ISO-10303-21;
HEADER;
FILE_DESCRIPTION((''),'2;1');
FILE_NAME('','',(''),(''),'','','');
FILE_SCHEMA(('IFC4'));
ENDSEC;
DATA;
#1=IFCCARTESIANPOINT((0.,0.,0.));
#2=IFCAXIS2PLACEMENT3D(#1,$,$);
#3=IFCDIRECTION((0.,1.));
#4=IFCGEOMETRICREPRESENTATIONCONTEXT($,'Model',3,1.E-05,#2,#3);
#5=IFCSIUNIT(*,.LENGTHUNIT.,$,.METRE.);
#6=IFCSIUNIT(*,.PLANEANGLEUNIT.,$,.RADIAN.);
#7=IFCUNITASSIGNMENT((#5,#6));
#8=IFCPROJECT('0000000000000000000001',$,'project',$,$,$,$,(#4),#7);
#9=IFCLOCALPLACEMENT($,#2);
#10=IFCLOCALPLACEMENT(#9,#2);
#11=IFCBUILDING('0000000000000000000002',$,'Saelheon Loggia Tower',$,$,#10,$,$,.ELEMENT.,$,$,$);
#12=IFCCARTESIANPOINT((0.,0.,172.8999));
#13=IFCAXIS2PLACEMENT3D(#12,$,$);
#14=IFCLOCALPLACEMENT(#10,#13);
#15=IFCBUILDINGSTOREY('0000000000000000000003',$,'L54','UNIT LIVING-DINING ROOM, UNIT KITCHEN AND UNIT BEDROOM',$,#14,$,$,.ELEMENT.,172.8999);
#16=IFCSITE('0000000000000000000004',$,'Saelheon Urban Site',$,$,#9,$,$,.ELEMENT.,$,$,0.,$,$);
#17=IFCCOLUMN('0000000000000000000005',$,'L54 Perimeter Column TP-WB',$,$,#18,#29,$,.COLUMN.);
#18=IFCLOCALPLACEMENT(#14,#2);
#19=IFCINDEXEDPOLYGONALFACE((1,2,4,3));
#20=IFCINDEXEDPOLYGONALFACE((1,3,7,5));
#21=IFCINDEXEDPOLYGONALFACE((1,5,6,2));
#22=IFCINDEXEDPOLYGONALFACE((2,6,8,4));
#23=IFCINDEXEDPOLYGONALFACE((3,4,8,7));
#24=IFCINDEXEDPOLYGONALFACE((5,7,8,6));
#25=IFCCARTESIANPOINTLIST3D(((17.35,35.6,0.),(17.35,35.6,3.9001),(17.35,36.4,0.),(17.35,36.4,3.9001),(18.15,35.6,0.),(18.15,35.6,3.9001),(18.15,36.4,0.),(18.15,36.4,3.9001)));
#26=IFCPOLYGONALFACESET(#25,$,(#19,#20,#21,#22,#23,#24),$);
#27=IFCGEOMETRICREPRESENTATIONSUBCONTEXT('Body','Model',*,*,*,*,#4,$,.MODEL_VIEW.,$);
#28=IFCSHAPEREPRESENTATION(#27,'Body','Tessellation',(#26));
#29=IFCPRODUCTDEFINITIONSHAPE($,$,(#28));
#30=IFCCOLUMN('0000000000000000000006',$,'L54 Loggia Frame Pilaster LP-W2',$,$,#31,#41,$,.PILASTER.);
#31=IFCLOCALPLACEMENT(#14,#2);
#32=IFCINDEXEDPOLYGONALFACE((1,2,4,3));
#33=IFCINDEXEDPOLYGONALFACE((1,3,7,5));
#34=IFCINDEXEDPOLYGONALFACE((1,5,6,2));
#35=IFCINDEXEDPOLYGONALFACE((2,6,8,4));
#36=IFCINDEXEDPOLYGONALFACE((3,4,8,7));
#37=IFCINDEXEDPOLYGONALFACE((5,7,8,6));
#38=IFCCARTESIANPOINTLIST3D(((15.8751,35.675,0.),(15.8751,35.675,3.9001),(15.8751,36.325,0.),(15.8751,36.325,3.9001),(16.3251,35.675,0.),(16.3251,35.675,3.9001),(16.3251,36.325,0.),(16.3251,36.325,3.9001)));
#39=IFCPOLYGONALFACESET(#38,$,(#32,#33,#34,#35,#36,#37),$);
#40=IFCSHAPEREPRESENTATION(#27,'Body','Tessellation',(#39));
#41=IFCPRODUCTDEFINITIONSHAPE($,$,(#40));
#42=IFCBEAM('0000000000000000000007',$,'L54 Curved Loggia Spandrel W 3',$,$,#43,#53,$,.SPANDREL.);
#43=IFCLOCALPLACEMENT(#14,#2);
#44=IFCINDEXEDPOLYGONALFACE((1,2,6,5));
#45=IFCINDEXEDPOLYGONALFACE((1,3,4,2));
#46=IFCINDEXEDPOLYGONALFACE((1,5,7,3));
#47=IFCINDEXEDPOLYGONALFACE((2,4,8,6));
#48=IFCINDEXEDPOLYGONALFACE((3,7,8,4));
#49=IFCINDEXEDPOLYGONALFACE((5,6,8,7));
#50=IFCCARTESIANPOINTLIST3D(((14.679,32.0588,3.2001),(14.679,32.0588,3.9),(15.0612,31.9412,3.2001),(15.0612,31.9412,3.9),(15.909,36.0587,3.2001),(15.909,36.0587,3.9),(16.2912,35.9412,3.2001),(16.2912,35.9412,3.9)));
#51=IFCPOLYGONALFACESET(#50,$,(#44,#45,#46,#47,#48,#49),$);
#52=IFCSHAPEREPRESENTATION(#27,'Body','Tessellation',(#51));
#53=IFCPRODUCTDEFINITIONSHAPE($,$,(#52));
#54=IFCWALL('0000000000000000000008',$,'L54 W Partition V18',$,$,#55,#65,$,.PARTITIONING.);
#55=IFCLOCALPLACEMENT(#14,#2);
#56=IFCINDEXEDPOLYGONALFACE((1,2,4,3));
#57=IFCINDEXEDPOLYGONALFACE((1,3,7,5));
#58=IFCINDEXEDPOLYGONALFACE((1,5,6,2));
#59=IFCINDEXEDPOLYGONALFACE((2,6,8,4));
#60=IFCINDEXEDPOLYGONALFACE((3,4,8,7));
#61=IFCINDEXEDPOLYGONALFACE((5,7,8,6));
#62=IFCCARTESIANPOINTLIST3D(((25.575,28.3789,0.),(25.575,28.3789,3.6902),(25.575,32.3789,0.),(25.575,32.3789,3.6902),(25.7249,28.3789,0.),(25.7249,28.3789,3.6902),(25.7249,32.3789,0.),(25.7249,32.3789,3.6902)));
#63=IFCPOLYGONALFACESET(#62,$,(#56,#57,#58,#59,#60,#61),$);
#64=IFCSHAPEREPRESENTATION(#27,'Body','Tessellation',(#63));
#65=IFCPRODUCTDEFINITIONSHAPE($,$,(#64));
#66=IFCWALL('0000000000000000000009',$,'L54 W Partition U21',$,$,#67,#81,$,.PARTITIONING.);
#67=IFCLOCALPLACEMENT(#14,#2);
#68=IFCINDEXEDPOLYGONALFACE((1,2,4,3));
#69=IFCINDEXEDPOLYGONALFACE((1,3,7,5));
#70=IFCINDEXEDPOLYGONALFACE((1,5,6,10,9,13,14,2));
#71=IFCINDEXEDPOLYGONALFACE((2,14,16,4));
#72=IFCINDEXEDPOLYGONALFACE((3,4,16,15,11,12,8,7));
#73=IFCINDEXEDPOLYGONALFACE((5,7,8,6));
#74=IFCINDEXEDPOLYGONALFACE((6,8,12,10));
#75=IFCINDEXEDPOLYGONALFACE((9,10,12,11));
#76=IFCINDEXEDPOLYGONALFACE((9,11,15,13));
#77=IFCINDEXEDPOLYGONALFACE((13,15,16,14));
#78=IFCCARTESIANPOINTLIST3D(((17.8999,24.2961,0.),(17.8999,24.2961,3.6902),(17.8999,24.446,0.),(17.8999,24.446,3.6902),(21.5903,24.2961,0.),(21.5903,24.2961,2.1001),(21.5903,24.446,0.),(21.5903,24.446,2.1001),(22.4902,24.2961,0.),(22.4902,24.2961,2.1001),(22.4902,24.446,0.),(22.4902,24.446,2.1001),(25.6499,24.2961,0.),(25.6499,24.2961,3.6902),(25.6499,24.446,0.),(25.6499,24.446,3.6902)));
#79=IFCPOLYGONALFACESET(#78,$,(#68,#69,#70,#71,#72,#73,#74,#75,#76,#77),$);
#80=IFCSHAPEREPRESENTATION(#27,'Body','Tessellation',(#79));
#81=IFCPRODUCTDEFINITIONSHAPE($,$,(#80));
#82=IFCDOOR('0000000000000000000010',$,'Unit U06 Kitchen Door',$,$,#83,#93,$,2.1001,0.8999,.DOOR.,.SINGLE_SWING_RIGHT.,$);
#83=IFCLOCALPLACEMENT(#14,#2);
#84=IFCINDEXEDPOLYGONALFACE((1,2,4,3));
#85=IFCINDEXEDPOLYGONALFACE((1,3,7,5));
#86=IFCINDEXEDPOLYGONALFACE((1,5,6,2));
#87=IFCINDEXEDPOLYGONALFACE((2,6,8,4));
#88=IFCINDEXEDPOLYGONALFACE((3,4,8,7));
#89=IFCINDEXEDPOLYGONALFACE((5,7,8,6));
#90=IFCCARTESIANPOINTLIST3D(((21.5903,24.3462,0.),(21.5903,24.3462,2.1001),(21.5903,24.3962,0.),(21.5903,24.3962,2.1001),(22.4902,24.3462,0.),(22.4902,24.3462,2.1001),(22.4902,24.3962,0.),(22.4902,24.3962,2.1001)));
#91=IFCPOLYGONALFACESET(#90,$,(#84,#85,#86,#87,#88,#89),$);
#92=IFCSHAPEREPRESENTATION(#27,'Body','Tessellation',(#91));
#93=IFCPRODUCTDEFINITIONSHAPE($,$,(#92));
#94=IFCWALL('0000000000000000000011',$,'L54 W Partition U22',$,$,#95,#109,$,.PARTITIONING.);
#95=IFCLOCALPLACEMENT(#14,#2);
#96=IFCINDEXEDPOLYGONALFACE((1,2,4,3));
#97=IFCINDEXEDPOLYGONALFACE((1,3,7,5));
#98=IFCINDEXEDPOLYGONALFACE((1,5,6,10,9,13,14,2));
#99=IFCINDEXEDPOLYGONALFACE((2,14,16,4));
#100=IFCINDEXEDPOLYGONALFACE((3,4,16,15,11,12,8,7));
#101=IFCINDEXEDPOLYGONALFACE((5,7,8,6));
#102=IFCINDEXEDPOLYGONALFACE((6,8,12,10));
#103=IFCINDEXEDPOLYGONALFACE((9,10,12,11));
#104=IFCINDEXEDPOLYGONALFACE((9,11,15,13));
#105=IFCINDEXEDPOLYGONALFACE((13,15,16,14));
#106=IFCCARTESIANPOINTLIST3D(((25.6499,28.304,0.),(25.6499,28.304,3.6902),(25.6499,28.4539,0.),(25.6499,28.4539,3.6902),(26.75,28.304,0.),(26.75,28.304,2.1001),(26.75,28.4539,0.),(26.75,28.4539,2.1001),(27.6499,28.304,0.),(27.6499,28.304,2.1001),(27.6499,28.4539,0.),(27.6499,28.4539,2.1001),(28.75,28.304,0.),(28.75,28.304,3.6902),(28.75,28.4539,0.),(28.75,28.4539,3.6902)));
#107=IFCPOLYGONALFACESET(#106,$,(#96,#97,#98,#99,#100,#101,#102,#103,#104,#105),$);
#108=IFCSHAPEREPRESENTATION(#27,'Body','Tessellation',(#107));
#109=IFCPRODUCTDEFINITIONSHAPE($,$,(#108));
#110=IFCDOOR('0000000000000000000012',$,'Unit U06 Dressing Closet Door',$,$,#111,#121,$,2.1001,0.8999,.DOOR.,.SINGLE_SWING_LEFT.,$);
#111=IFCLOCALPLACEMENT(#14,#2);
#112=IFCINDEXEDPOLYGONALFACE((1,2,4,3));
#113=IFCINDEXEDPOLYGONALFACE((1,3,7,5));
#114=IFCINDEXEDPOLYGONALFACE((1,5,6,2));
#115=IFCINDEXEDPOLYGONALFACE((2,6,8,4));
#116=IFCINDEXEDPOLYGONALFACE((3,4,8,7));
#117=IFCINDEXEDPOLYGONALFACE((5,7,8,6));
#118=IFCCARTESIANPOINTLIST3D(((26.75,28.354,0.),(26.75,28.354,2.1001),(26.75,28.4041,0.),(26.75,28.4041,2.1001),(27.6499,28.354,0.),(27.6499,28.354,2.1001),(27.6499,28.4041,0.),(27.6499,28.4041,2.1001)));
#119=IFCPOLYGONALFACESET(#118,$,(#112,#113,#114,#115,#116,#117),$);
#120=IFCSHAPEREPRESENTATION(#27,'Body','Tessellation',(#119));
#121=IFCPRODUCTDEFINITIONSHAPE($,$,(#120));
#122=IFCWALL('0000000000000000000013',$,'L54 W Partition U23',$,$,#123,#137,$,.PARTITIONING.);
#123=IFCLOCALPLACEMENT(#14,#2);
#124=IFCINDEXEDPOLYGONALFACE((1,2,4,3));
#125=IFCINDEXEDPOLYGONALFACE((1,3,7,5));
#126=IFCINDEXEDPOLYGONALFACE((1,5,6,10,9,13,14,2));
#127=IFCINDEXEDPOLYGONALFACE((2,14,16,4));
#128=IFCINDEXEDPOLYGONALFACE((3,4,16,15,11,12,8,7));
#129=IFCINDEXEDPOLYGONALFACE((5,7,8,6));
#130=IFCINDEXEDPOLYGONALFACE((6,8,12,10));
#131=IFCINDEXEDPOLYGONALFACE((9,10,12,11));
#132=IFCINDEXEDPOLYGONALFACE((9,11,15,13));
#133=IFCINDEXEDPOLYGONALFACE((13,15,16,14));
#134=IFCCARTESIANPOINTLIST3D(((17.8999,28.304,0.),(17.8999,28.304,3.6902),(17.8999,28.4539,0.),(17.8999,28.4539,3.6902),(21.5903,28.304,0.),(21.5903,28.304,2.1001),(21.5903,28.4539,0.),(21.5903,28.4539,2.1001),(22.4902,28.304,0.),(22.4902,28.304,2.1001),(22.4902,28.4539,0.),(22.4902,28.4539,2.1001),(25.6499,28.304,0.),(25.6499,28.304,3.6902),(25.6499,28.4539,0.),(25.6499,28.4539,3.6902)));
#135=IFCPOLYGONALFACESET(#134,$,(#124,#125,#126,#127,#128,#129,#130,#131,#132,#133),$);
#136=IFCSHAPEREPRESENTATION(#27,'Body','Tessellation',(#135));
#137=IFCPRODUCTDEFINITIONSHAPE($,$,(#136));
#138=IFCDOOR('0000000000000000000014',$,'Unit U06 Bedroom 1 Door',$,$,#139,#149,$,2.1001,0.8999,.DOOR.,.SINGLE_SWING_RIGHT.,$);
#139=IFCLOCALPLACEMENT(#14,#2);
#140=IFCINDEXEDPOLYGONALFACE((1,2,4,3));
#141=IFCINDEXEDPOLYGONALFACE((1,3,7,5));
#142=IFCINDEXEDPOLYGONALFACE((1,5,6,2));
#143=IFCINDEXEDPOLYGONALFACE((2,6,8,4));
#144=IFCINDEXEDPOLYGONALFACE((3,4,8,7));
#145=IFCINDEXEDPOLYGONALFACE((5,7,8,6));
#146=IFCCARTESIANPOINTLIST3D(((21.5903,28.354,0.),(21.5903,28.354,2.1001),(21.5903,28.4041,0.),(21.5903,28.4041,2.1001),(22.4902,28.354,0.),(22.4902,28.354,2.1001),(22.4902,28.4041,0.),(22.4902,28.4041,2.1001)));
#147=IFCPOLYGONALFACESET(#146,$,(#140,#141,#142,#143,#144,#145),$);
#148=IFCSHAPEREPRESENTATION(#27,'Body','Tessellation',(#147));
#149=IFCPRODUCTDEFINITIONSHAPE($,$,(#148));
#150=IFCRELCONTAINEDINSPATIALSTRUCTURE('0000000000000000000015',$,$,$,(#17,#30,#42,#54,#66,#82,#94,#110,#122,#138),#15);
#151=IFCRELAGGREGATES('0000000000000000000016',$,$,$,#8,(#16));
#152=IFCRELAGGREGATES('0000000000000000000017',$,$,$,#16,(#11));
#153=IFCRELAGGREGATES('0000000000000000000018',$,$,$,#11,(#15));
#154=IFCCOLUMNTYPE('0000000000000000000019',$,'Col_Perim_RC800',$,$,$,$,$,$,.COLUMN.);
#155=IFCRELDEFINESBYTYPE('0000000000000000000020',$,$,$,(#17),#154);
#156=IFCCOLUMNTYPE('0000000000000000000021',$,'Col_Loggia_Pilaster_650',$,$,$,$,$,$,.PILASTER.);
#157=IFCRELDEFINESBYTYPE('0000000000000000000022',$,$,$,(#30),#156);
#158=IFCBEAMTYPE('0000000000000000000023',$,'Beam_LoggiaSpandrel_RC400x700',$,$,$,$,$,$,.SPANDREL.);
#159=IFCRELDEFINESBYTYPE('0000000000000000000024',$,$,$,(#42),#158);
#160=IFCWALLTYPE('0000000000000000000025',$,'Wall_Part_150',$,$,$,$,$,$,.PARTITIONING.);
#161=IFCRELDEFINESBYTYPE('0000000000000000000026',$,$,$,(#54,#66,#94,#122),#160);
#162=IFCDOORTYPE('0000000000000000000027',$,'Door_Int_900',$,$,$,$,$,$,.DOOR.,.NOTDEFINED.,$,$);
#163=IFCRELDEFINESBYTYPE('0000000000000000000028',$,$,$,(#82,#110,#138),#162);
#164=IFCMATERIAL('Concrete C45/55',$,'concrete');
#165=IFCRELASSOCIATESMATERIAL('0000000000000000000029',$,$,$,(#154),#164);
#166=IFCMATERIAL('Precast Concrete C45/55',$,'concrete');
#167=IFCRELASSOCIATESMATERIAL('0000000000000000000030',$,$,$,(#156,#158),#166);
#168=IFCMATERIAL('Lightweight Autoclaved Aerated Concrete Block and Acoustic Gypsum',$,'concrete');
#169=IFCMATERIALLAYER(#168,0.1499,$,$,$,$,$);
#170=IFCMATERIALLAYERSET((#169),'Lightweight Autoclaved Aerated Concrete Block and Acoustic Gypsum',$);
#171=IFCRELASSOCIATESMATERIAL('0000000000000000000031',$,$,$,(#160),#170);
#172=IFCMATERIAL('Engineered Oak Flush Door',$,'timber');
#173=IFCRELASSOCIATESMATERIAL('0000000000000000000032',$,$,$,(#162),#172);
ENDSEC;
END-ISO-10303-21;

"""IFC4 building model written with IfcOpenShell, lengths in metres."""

from ifc_helpers import new_model, si_unit, direction, frame, frame_2d, origin, origin_2d, place, context, subcontext, project, spatial, rectangle, extrude, source, transform, mapped, material, layer, layer_set, material_profile, profile_set, type_object, element, fill, save


model = new_model("IFC4")

# Units and contexts
model_context = context("Model", 3, precision=1e-05, world=origin(), true_north=direction((0.0, 1.0)))
body_context = subcontext(model_context, "Body", "Model", "MODEL_VIEW")
ifc_project = project(units=[si_unit("LENGTHUNIT", "METRE"), si_unit("PLANEANGLEUNIT", "RADIAN")], contexts=[model_context])

# Site, building, storey
site_placement = place(None, origin())
site = spatial("IfcSite", under=ifc_project, at=site_placement, Name="Saelheon Urban Site", CompositionType="ELEMENT", RefElevation=0.0)
building_placement = place(site_placement, origin())
building = spatial("IfcBuilding", under=site, at=building_placement, Name="Saelheon Loggia Tower", CompositionType="ELEMENT")
storey_placement = place(building_placement, frame((0.0, 0.0, 172.8999)))
storey = spatial("IfcBuildingStorey", under=building, at=storey_placement, Name="L54", Description="UNIT LIVING-DINING ROOM, UNIT KITCHEN AND UNIT BEDROOM", CompositionType="ELEMENT", Elevation=172.8999)

# Columns
ifc_material_1 = material(Name="Concrete C45/55", Category="concrete")
ifc_material_profile_1 = material_profile(ifc_material_1, rectangle(XDim=0.8, YDim=0.8, at=origin_2d()), Name="RC-800x800")
ifc_profile_set_1 = profile_set([ifc_material_profile_1], Name="Concrete C45/55")
column_type_1 = type_object("IfcColumnType", Name="Col_Perim_RC800", PredefinedType="COLUMN", material=ifc_profile_set_1)
shared_shape_1 = source(origin(), body_context, "Body", "SweptSolid", [
    extrude(rectangle(XDim=0.8, YDim=0.8, at=origin_2d()), origin(), (0.0, 0.0, 1.0), 3.9001),
])
column_1_placement = place(storey_placement, frame((17.75, 36.0, 0.0), z_axis=(0.0, 0.0, 1.0), x_axis=(1.0, 0.0, 0.0)))
element("IfcColumn", 1, at=column_1_placement, inside=storey, type_object=column_type_1, Name="L54 Perimeter Column TP-WB", PredefinedType="COLUMN", context=body_context, shape_type="MappedRepresentation", body=[
    mapped(shared_shape_1, transform((0.0, 0.0, 0.0), scale=1.0)),
])
ifc_material_2 = material(Name="Precast Concrete C45/55", Category="concrete")
ifc_material_profile_2 = material_profile(ifc_material_2, rectangle(XDim=0.45, YDim=0.6499, at=origin_2d()), Name="RC-450x650")
ifc_profile_set_2 = profile_set([ifc_material_profile_2], Name="Precast Concrete C45/55")
column_type_2 = type_object("IfcColumnType", Name="Col_Loggia_Pilaster_650", PredefinedType="PILASTER", material=ifc_profile_set_2)
shared_shape_2 = source(origin(), body_context, "Body", "SweptSolid", [
    extrude(rectangle(XDim=0.45, YDim=0.6499, at=origin_2d()), origin(), (0.0, 0.0, 1.0), 3.9001),
])
column_2_placement = place(storey_placement, frame((16.1001, 36.0, 0.0), z_axis=(0.0, 0.0, 1.0), x_axis=(1.0, 0.0, 0.0)))
element("IfcColumn", 2, at=column_2_placement, inside=storey, type_object=column_type_2, Name="L54 Loggia Frame Pilaster LP-W2", PredefinedType="PILASTER", context=body_context, shape_type="MappedRepresentation", body=[
    mapped(shared_shape_2, transform((0.0, 0.0, 0.0), scale=1.0)),
])

# Beam
ifc_material_profile_3 = material_profile(ifc_material_2, rectangle(XDim=0.3999, YDim=0.7, at=origin_2d()), Name="RC-400x700")
ifc_profile_set_3 = profile_set([ifc_material_profile_3], Name="Precast Concrete C45/55")
beam_type = type_object("IfcBeamType", Name="Beam_LoggiaSpandrel_RC400x700", PredefinedType="SPANDREL", material=ifc_profile_set_3)
shared_shape_3 = source(origin(), body_context, "Body", "SweptSolid", [
    extrude(rectangle(XDim=0.3999, YDim=0.7, at=origin_2d()), origin(), (0.0, 0.0, 1.0), 4.1848),
])
beam_placement = place(storey_placement, frame((14.8701, 32.0, 3.55), z_axis=(0.293914, 0.955832, 0.0), x_axis=(-0.955832, 0.293914, 0.0)))
element("IfcBeam", 3, at=beam_placement, inside=storey, type_object=beam_type, Name="L54 Curved Loggia Spandrel W 3", PredefinedType="SPANDREL", context=body_context, shape_type="MappedRepresentation", body=[
    mapped(shared_shape_3, transform((0.0, 0.0, 0.0), scale=1.0)),
])

# Wall
ifc_material_3 = material(Name="Lightweight Autoclaved Aerated Concrete Block and Acoustic Gypsum", Category="concrete")
ifc_layer_1 = layer(ifc_material_3, 0.1499)
ifc_layer_set_1 = layer_set([ifc_layer_1], Name="Lightweight Autoclaved Aerated Concrete Block and Acoustic Gypsum")
wall_type_1 = type_object("IfcWallType", Name="Wall_Part_150", PredefinedType="PARTITIONING", material=ifc_layer_set_1)
wall_1_placement = place(storey_placement, frame((25.6499, 28.3789, 0.0), z_axis=(0.0, 0.0, 1.0), x_axis=(0.0, 1.0, 0.0)))
element("IfcWall", 4, at=wall_1_placement, inside=storey, type_object=wall_type_1, Name="L54 W Partition V18", PredefinedType="PARTITIONING", context=body_context, shape_type="SweptSolid", body=[
    extrude(rectangle(XDim=4.0, YDim=0.1499, at=frame_2d((2.0, 0.0))), origin(), (0.0, 0.0, 1.0), 3.6902),
])

# Walls, openings, doors
wall_2_placement = place(storey_placement, frame((25.6499, 24.3711, 0.0), z_axis=(0.0, 0.0, 1.0), x_axis=(-1.0, 0.0, 0.0)))
wall_2 = element("IfcWall", 5, at=wall_2_placement, inside=storey, type_object=wall_type_1, Name="L54 W Partition U21", PredefinedType="PARTITIONING", context=body_context, shape_type="SweptSolid", body=[
    extrude(rectangle(XDim=7.75, YDim=0.1499, at=frame_2d((3.875, 0.0))), origin(), (0.0, 0.0, 1.0), 3.6902),
])
opening_1_placement = place(wall_2_placement, frame((3.1597, 0.0, 0.0)))
opening_1 = element("IfcOpeningElement", 6, at=opening_1_placement, cuts=wall_2, PredefinedType="OPENING", context=body_context, shape_type="SweptSolid", body=[
    extrude(rectangle(XDim=0.8999, YDim=2.1001, at=frame_2d((0.45, 1.05))), frame((0.0, 0.0869, 0.0), z_axis=(0.0, -1.0, 0.0), x_axis=(1.0, 0.0, 0.0)), (0.0, 0.0, 1.0), 0.1738),
])
ifc_material_4 = material(Name="Engineered Oak Flush Door", Category="timber")
door_type_1 = type_object("IfcDoorType", Name="Door_Int_900", OperationType="NOTDEFINED", PredefinedType="DOOR", material=ifc_material_4)
shared_shape_4 = source(origin(), body_context, "Body", "SweptSolid", [
    extrude(rectangle(XDim=0.8999, YDim=2.1001, at=frame_2d((0.45, 1.05))), frame((0.0, 0.0249, 0.0), z_axis=(0.0, -1.0, 0.0), x_axis=(1.0, 0.0, 0.0)), (0.0, 0.0, 1.0), 0.05),
])
door_1_placement = place(opening_1_placement, origin())
door_1 = element("IfcDoor", 7, at=door_1_placement, inside=storey, type_object=door_type_1, Name="Unit U06 Kitchen Door", OperationType="SINGLE_SWING_RIGHT", OverallHeight=2.1001, OverallWidth=0.8999, PredefinedType="DOOR", context=body_context, shape_type="MappedRepresentation", body=[
    mapped(shared_shape_4, transform((0.0, 0.0, 0.0), scale=1.0)),
])
fill(opening_1, door_1)
wall_3_placement = place(storey_placement, frame((28.75, 28.3789, 0.0), z_axis=(0.0, 0.0, 1.0), x_axis=(-1.0, 0.0, 0.0)))
wall_3 = element("IfcWall", 8, at=wall_3_placement, inside=storey, type_object=wall_type_1, Name="L54 W Partition U22", PredefinedType="PARTITIONING", context=body_context, shape_type="SweptSolid", body=[
    extrude(rectangle(XDim=3.1001, YDim=0.1499, at=frame_2d((1.55, 0.0))), origin(), (0.0, 0.0, 1.0), 3.6902),
])
opening_2_placement = place(wall_3_placement, frame((1.1001, 0.0, 0.0)))
opening_2 = element("IfcOpeningElement", 9, at=opening_2_placement, cuts=wall_3, PredefinedType="OPENING", context=body_context, shape_type="SweptSolid", body=[
    extrude(rectangle(XDim=0.8999, YDim=2.1001, at=frame_2d((0.45, 1.05))), frame((0.0, 0.0869, 0.0), z_axis=(0.0, -1.0, 0.0), x_axis=(1.0, 0.0, 0.0)), (0.0, 0.0, 1.0), 0.1738),
])
door_2_placement = place(opening_2_placement, origin())
door_2 = element("IfcDoor", 10, at=door_2_placement, inside=storey, type_object=door_type_1, Name="Unit U06 Dressing Closet Door", OperationType="SINGLE_SWING_LEFT", OverallHeight=2.1001, OverallWidth=0.8999, PredefinedType="DOOR", context=body_context, shape_type="MappedRepresentation", body=[
    mapped(shared_shape_4, transform((0.0, 0.0, 0.0), scale=1.0)),
])
fill(opening_2, door_2)
wall_4_placement = place(storey_placement, frame((25.6499, 28.3789, 0.0), z_axis=(0.0, 0.0, 1.0), x_axis=(-1.0, 0.0, 0.0)))
wall_4 = element("IfcWall", 11, at=wall_4_placement, inside=storey, type_object=wall_type_1, Name="L54 W Partition U23", PredefinedType="PARTITIONING", context=body_context, shape_type="SweptSolid", body=[
    extrude(rectangle(XDim=7.75, YDim=0.1499, at=frame_2d((3.875, 0.0))), origin(), (0.0, 0.0, 1.0), 3.6902),
])
opening_3_placement = place(wall_4_placement, frame((3.1597, 0.0, 0.0)))
opening_3 = element("IfcOpeningElement", 12, at=opening_3_placement, cuts=wall_4, PredefinedType="OPENING", context=body_context, shape_type="SweptSolid", body=[
    extrude(rectangle(XDim=0.8999, YDim=2.1001, at=frame_2d((0.45, 1.05))), frame((0.0, 0.0869, 0.0), z_axis=(0.0, -1.0, 0.0), x_axis=(1.0, 0.0, 0.0)), (0.0, 0.0, 1.0), 0.1738),
])
door_3_placement = place(opening_3_placement, origin())
door_3 = element("IfcDoor", 13, at=door_3_placement, inside=storey, type_object=door_type_1, Name="Unit U06 Bedroom 1 Door", OperationType="SINGLE_SWING_RIGHT", OverallHeight=2.1001, OverallWidth=0.8999, PredefinedType="DOOR", context=body_context, shape_type="MappedRepresentation", body=[
    mapped(shared_shape_4, transform((0.0, 0.0, 0.0), scale=1.0)),
])
fill(opening_3, door_3)

save(model, "model.ifc")
